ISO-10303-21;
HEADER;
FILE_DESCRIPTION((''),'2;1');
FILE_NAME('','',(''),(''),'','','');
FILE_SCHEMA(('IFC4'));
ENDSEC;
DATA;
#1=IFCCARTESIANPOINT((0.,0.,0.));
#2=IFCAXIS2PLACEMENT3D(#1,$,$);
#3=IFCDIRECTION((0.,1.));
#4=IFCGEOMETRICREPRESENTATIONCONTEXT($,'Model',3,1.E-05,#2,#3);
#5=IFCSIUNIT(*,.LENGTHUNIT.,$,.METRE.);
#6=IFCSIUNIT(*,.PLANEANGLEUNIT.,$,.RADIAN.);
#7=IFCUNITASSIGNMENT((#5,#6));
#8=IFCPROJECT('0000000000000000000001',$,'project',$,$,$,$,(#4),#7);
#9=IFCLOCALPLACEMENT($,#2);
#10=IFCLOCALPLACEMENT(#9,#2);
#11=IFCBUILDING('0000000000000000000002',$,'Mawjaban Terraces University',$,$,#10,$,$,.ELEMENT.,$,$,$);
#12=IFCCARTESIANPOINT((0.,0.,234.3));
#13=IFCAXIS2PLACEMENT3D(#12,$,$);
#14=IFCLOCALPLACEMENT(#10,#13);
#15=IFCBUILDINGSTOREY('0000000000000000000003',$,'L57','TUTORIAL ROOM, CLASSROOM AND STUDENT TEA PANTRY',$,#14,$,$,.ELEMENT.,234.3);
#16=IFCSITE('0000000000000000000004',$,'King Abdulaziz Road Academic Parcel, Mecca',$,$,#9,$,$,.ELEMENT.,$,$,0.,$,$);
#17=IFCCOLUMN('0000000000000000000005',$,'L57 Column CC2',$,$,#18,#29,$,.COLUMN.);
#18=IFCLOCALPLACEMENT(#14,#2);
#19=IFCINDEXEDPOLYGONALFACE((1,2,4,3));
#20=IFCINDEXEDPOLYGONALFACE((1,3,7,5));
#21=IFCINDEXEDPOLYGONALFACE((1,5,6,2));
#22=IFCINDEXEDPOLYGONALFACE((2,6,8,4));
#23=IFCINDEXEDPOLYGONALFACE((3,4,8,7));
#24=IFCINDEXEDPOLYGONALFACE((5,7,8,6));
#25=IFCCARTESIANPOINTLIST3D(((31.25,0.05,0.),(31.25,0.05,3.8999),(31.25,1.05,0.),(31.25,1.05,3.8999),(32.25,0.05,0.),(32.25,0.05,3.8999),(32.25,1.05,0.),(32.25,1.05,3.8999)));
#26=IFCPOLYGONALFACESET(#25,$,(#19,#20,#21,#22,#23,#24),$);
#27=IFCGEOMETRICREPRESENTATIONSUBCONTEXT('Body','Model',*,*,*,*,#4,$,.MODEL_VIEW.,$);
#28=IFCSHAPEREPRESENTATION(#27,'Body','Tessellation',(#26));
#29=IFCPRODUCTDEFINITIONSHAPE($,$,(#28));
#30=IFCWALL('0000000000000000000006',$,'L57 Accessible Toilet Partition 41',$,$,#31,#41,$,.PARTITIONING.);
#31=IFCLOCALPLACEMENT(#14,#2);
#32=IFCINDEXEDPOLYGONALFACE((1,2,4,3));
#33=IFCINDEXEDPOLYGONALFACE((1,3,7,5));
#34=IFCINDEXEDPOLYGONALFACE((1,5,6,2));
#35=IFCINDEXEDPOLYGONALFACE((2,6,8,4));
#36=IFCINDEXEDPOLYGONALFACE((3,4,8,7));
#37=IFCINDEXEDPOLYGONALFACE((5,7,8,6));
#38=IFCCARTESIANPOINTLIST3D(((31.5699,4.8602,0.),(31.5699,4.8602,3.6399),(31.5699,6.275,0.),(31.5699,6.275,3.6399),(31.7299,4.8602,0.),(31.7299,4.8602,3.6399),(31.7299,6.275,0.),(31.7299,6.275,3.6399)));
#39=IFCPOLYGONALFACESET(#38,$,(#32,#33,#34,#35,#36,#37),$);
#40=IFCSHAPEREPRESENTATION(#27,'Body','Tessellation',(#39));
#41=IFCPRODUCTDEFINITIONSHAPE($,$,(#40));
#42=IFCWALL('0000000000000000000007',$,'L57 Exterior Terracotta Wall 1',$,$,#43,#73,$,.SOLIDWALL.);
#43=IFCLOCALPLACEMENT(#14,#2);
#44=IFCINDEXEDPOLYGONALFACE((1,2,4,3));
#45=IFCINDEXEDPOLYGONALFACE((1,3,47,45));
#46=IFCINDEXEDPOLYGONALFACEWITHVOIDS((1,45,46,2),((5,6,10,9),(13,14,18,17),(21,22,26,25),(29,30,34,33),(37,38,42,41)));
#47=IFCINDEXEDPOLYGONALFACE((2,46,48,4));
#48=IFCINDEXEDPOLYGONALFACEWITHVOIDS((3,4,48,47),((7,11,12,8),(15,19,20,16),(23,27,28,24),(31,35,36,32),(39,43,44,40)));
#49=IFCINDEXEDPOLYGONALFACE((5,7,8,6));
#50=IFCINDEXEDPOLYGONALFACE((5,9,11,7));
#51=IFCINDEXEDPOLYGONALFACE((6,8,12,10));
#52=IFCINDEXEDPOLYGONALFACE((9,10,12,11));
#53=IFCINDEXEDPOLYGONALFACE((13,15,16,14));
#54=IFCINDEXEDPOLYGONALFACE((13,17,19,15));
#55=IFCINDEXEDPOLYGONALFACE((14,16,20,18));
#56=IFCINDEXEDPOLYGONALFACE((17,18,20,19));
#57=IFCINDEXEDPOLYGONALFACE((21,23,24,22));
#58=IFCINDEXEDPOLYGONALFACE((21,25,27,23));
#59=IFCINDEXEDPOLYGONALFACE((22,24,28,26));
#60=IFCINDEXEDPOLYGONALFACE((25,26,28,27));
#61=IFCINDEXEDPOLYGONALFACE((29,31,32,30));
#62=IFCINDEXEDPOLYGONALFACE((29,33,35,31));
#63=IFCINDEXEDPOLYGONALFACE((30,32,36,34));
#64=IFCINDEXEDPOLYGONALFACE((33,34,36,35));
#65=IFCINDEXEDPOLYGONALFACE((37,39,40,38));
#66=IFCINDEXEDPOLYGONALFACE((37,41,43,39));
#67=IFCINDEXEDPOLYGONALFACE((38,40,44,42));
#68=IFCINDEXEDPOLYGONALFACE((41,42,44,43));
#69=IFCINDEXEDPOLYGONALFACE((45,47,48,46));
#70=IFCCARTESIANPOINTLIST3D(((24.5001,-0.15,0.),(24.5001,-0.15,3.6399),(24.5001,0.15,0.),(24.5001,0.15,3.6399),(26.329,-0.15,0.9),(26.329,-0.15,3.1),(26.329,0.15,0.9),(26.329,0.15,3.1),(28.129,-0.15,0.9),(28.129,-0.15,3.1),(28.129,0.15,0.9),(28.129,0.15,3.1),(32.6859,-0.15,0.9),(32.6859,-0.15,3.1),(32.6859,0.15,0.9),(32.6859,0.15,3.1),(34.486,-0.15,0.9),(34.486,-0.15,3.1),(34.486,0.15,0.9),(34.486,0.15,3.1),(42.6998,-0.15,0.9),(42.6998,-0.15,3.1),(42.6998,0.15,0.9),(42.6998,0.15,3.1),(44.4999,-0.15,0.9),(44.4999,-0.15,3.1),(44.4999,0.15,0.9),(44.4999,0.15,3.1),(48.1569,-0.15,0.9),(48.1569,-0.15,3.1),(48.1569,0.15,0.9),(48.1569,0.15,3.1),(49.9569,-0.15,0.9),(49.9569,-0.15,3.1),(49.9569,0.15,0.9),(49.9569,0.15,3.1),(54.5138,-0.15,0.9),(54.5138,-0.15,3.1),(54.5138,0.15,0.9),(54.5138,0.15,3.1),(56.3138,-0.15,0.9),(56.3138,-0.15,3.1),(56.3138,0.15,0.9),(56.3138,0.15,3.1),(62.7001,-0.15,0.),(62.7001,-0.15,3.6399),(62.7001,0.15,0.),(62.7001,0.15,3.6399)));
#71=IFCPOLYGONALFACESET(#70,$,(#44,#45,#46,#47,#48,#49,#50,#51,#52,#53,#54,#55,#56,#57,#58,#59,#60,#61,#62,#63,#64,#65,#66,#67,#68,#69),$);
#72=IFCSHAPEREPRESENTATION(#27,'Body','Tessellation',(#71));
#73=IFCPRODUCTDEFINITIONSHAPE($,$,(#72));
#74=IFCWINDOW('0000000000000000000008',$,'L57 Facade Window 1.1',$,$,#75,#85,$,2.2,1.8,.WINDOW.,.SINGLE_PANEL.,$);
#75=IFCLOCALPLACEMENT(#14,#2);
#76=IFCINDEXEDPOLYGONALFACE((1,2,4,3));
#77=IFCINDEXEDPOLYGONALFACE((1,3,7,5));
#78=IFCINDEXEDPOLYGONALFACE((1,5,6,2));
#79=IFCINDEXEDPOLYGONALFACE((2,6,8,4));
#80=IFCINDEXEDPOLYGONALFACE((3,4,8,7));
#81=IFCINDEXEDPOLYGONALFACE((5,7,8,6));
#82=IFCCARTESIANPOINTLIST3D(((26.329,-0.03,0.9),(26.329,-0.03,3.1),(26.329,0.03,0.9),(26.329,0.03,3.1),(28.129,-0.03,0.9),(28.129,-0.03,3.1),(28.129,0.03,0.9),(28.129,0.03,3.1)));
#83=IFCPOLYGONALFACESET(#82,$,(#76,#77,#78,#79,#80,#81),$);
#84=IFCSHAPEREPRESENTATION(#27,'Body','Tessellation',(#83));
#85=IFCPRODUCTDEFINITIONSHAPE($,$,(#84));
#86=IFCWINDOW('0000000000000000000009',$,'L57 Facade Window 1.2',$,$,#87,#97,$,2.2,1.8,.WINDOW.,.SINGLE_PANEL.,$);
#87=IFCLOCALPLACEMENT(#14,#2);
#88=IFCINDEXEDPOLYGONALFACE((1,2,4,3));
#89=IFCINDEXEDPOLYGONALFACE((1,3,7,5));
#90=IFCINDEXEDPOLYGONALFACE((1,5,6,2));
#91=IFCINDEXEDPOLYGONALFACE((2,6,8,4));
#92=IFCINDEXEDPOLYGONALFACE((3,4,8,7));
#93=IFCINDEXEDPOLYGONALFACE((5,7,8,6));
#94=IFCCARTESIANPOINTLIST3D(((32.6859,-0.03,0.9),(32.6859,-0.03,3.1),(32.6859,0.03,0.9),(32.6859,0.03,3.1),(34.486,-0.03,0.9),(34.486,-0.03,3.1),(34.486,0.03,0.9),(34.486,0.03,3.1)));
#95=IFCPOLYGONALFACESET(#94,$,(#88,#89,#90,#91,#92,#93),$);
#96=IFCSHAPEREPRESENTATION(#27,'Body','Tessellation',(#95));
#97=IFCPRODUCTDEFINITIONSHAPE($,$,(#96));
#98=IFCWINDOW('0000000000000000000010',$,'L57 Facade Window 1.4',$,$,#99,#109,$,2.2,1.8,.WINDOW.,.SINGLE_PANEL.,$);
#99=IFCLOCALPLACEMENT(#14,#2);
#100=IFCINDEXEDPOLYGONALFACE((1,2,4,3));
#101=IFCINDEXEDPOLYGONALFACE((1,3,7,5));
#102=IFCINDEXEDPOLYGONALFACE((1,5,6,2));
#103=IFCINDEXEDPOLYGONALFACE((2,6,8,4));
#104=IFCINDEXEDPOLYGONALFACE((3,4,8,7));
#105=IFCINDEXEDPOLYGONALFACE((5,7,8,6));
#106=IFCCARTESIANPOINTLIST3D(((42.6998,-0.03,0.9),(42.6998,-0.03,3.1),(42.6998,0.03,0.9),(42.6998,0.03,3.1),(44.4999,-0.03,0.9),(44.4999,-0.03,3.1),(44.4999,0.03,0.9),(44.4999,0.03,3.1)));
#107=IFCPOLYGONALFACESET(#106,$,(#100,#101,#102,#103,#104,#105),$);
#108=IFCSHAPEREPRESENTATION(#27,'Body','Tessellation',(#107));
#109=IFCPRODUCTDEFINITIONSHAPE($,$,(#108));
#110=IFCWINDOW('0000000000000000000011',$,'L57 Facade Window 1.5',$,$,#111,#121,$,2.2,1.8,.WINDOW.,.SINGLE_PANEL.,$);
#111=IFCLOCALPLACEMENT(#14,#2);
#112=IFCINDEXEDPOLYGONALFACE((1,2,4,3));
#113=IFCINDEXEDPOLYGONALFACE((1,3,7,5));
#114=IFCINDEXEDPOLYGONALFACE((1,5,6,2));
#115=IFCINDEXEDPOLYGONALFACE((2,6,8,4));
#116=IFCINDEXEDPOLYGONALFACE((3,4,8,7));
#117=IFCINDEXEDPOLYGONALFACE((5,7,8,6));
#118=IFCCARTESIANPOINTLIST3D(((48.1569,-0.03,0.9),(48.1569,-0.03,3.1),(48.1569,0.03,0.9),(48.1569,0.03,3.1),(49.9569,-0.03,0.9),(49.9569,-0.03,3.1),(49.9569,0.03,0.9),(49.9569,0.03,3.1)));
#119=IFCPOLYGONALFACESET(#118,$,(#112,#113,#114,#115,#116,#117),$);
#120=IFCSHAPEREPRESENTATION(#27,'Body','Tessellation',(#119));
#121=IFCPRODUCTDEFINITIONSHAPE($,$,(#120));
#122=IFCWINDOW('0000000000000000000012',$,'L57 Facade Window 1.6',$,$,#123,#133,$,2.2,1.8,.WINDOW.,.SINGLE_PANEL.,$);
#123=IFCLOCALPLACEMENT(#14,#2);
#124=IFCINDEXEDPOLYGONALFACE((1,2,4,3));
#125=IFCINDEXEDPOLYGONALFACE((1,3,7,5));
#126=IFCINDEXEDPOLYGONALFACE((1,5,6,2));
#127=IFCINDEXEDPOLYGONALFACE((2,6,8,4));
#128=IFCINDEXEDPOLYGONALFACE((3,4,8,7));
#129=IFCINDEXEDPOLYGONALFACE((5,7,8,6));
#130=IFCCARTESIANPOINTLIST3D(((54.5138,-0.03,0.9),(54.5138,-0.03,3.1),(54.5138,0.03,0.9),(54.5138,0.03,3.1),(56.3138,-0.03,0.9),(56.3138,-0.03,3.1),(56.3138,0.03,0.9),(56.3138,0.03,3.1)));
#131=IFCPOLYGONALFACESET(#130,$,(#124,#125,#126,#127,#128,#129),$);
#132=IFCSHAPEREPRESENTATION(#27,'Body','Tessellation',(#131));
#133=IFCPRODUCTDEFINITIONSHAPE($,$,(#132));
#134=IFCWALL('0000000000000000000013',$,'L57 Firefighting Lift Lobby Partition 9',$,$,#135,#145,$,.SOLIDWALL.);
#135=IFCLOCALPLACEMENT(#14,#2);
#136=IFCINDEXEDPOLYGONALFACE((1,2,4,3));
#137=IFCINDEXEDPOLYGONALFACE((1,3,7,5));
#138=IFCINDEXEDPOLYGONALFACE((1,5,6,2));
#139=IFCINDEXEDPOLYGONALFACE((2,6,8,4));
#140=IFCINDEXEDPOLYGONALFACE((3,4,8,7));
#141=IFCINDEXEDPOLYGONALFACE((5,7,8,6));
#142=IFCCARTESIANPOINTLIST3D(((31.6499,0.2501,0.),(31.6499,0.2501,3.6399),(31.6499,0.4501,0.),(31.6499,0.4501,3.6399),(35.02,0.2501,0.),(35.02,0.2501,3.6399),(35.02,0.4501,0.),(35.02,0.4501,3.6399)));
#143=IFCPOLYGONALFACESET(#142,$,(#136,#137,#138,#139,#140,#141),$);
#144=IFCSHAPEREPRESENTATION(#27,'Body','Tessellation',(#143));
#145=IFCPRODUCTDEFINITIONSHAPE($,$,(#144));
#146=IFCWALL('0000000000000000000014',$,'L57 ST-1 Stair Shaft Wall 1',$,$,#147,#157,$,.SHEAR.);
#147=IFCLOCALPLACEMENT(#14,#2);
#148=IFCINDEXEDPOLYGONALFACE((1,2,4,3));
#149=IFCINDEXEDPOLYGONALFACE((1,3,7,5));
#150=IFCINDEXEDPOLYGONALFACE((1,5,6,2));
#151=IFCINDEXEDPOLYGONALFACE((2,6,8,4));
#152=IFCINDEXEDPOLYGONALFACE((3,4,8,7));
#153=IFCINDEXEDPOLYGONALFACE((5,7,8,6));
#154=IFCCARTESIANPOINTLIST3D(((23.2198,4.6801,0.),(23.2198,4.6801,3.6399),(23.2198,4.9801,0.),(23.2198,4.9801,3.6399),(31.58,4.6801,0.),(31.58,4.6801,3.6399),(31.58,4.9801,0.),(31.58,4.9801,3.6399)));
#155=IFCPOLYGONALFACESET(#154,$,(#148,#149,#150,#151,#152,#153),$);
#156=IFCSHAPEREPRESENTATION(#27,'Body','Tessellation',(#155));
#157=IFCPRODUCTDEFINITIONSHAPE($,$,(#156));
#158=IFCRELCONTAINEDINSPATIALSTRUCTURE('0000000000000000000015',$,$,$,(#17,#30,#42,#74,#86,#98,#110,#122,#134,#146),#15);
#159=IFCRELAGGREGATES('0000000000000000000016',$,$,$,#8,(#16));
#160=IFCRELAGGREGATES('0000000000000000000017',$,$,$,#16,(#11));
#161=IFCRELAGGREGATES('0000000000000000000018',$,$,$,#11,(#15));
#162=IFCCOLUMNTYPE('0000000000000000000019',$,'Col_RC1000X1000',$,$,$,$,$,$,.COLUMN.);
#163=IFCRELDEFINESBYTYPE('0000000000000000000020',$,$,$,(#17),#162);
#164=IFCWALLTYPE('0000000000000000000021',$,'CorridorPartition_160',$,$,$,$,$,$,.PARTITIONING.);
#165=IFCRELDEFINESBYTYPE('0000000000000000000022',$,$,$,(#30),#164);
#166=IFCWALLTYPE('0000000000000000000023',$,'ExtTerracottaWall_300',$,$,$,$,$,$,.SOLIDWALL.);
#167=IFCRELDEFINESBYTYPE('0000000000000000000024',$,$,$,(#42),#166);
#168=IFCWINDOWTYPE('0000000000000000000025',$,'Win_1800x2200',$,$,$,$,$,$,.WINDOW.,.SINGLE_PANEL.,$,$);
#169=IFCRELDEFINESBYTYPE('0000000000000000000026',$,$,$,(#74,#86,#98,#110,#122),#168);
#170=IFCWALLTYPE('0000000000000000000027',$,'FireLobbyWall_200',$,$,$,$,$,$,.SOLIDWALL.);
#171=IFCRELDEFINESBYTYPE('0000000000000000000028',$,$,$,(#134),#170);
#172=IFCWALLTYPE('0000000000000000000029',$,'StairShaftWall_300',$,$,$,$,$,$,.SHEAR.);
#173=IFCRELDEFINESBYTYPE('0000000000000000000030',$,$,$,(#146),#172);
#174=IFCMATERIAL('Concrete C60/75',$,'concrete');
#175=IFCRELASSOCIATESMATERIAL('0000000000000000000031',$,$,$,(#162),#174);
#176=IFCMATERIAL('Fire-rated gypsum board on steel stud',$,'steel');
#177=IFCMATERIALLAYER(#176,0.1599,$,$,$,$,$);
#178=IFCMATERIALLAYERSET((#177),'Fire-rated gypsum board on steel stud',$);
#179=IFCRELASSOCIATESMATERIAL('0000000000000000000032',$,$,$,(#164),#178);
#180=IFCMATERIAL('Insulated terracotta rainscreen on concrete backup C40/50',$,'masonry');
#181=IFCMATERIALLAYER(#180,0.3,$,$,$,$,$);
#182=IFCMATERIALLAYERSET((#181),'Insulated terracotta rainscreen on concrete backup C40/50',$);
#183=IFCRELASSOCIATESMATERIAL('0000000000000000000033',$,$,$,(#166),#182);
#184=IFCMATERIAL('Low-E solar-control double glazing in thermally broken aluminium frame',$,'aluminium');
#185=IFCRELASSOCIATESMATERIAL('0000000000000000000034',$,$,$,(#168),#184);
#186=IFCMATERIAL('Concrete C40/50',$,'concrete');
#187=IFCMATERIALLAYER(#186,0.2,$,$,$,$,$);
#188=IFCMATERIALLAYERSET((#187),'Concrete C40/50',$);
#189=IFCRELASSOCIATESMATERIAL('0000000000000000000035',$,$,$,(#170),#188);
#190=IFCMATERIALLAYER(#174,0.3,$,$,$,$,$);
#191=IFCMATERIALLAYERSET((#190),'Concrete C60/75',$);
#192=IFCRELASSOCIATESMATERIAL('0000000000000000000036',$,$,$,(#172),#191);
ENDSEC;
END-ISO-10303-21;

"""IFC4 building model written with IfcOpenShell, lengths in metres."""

from ifc_helpers import new_model, si_unit, direction, frame, frame_2d, origin, origin_2d, place, context, subcontext, project, spatial, rectangle, extrude, material, layer, layer_set, material_profile, profile_set, type_object, element, fill, save


model = new_model("IFC4")

# Units and contexts
model_context = context("Model", 3, precision=1e-05, world=origin(), true_north=direction((0.0, 1.0)))
body_context = subcontext(model_context, "Body", "Model", "MODEL_VIEW")
ifc_project = project(units=[si_unit("LENGTHUNIT", "METRE"), si_unit("PLANEANGLEUNIT", "RADIAN")], contexts=[model_context])

# Site, building, storey
site_placement = place(None, origin())
site = spatial("IfcSite", under=ifc_project, at=site_placement, Name="King Abdulaziz Road Academic Parcel, Mecca", CompositionType="ELEMENT", RefElevation=0.0)
building_placement = place(site_placement, origin())
building = spatial("IfcBuilding", under=site, at=building_placement, Name="Mawjaban Terraces University", CompositionType="ELEMENT")
storey_placement = place(building_placement, frame((0.0, 0.0, 234.3)))
storey = spatial("IfcBuildingStorey", under=building, at=storey_placement, Name="L57", Description="TUTORIAL ROOM, CLASSROOM AND STUDENT TEA PANTRY", CompositionType="ELEMENT", Elevation=234.3)

# Column
ifc_material_1 = material(Name="Concrete C60/75", Category="concrete")
ifc_material_profile = material_profile(ifc_material_1, rectangle(XDim=1.0, YDim=1.0, at=origin_2d()), Name="RC1000X1000")
ifc_profile_set = profile_set([ifc_material_profile], Name="Concrete C60/75")
column_type = type_object("IfcColumnType", Name="Col_RC1000X1000", PredefinedType="COLUMN", material=ifc_profile_set)
column_placement = place(storey_placement, frame((31.75, 0.55, 0.0), z_axis=(0.0, 0.0, 1.0), x_axis=(1.0, 0.0, 0.0)))
element("IfcColumn", 1, at=column_placement, inside=storey, type_object=column_type, Name="L57 Column CC2", PredefinedType="COLUMN", context=body_context, shape_type="SweptSolid", body=[
    extrude(rectangle(XDim=1.0, YDim=1.0, at=origin_2d()), origin(), (0.0, 0.0, 1.0), 3.8999),
])

# Wall
ifc_material_2 = material(Name="Fire-rated gypsum board on steel stud", Category="steel")
ifc_layer_1 = layer(ifc_material_2, 0.1599)
ifc_layer_set_1 = layer_set([ifc_layer_1], Name="Fire-rated gypsum board on steel stud")
wall_type_1 = type_object("IfcWallType", Name="CorridorPartition_160", PredefinedType="PARTITIONING", material=ifc_layer_set_1)
wall_1_placement = place(storey_placement, frame((31.6499, 4.8601, 0.0), z_axis=(0.0, 0.0, 1.0), x_axis=(0.0, 1.0, 0.0)))
element("IfcWall", 2, at=wall_1_placement, inside=storey, type_object=wall_type_1, Name="L57 Accessible Toilet Partition 41", PredefinedType="PARTITIONING", context=body_context, shape_type="SweptSolid", body=[
    extrude(rectangle(XDim=1.4148, YDim=0.1599, at=frame_2d((0.7075, 0.0))), origin(), (0.0, 0.0, 1.0), 3.6399),
])

# Wall, openings, windows
ifc_material_3 = material(Name="Insulated terracotta rainscreen on concrete backup C40/50", Category="masonry")
ifc_layer_2 = layer(ifc_material_3, 0.3)
ifc_layer_set_2 = layer_set([ifc_layer_2], Name="Insulated terracotta rainscreen on concrete backup C40/50")
wall_type_2 = type_object("IfcWallType", Name="ExtTerracottaWall_300", PredefinedType="SOLIDWALL", material=ifc_layer_set_2)
wall_2_placement = place(storey_placement, frame((24.5, 0.0, 0.0), z_axis=(0.0, 0.0, 1.0), x_axis=(1.0, 0.0, 0.0)))
wall_2 = element("IfcWall", 3, at=wall_2_placement, inside=storey, type_object=wall_type_2, Name="L57 Exterior Terracotta Wall 1", PredefinedType="SOLIDWALL", context=body_context, shape_type="SweptSolid", body=[
    extrude(rectangle(XDim=38.2, YDim=0.3, at=frame_2d((19.1001, 0.0))), origin(), (0.0, 0.0, 1.0), 3.6399),
])
opening_1_placement = place(wall_2_placement, frame((1.8291, 0.0, 0.8999)))
opening_1 = element("IfcOpeningElement", 4, at=opening_1_placement, cuts=wall_2, PredefinedType="OPENING", context=body_context, shape_type="SweptSolid", body=[
    extrude(rectangle(XDim=1.8, YDim=2.2, at=frame_2d((0.8999, 1.1001))), frame((0.0, 0.1599, 0.0), z_axis=(0.0, -1.0, 0.0), x_axis=(1.0, 0.0, 0.0)), (0.0, 0.0, 1.0), 0.3201),
])
opening_2_placement = place(wall_2_placement, frame((8.186, 0.0, 0.8999)))
opening_2 = element("IfcOpeningElement", 5, at=opening_2_placement, cuts=wall_2, PredefinedType="OPENING", context=body_context, shape_type="SweptSolid", body=[
    extrude(rectangle(XDim=1.8, YDim=2.2, at=frame_2d((0.8999, 1.1001))), frame((0.0, 0.1599, 0.0), z_axis=(0.0, -1.0, 0.0), x_axis=(1.0, 0.0, 0.0)), (0.0, 0.0, 1.0), 0.3201),
])
opening_3_placement = place(wall_2_placement, frame((18.2, 0.0, 0.8999)))
opening_3 = element("IfcOpeningElement", 6, at=opening_3_placement, cuts=wall_2, PredefinedType="OPENING", context=body_context, shape_type="SweptSolid", body=[
    extrude(rectangle(XDim=1.8, YDim=2.2, at=frame_2d((0.8999, 1.1001))), frame((0.0, 0.1599, 0.0), z_axis=(0.0, -1.0, 0.0), x_axis=(1.0, 0.0, 0.0)), (0.0, 0.0, 1.0), 0.3201),
])
opening_4_placement = place(wall_2_placement, frame((23.657, 0.0, 0.8999)))
opening_4 = element("IfcOpeningElement", 7, at=opening_4_placement, cuts=wall_2, PredefinedType="OPENING", context=body_context, shape_type="SweptSolid", body=[
    extrude(rectangle(XDim=1.8, YDim=2.2, at=frame_2d((0.8999, 1.1001))), frame((0.0, 0.1599, 0.0), z_axis=(0.0, -1.0, 0.0), x_axis=(1.0, 0.0, 0.0)), (0.0, 0.0, 1.0), 0.3201),
])
opening_5_placement = place(wall_2_placement, frame((30.0139, 0.0, 0.8999)))
opening_5 = element("IfcOpeningElement", 8, at=opening_5_placement, cuts=wall_2, PredefinedType="OPENING", context=body_context, shape_type="SweptSolid", body=[
    extrude(rectangle(XDim=1.8, YDim=2.2, at=frame_2d((0.8999, 1.1001))), frame((0.0, 0.1599, 0.0), z_axis=(0.0, -1.0, 0.0), x_axis=(1.0, 0.0, 0.0)), (0.0, 0.0, 1.0), 0.3201),
])
ifc_material_4 = material(Name="Low-E solar-control double glazing in thermally broken aluminium frame", Category="aluminium")
window_type = type_object("IfcWindowType", Name="Win_1800x2200", PartitioningType="SINGLE_PANEL", PredefinedType="WINDOW", material=ifc_material_4)
window_1_placement = place(opening_1_placement, origin())
window_1 = element("IfcWindow", 9, at=window_1_placement, inside=storey, type_object=window_type, Name="L57 Facade Window 1.1", OverallHeight=2.2, OverallWidth=1.8, PartitioningType="SINGLE_PANEL", PredefinedType="WINDOW", context=body_context, shape_type="SweptSolid", body=[
    extrude(rectangle(XDim=1.8, YDim=2.2, at=frame_2d((0.8999, 1.1001))), frame((0.0, 0.03, 0.0), z_axis=(0.0, -1.0, 0.0), x_axis=(1.0, 0.0, 0.0)), (0.0, 0.0, 1.0), 0.0601),
])
fill(opening_1, window_1)
window_2_placement = place(opening_2_placement, origin())
window_2 = element("IfcWindow", 10, at=window_2_placement, inside=storey, type_object=window_type, Name="L57 Facade Window 1.2", OverallHeight=2.2, OverallWidth=1.8, PartitioningType="SINGLE_PANEL", PredefinedType="WINDOW", context=body_context, shape_type="SweptSolid", body=[
    extrude(rectangle(XDim=1.8, YDim=2.2, at=frame_2d((0.8999, 1.1001))), frame((0.0, 0.03, 0.0), z_axis=(0.0, -1.0, 0.0), x_axis=(1.0, 0.0, 0.0)), (0.0, 0.0, 1.0), 0.0601),
])
fill(opening_2, window_2)
window_3_placement = place(opening_3_placement, origin())
window_3 = element("IfcWindow", 11, at=window_3_placement, inside=storey, type_object=window_type, Name="L57 Facade Window 1.4", OverallHeight=2.2, OverallWidth=1.8, PartitioningType="SINGLE_PANEL", PredefinedType="WINDOW", context=body_context, shape_type="SweptSolid", body=[
    extrude(rectangle(XDim=1.8, YDim=2.2, at=frame_2d((0.8999, 1.1001))), frame((0.0, 0.03, 0.0), z_axis=(0.0, -1.0, 0.0), x_axis=(1.0, 0.0, 0.0)), (0.0, 0.0, 1.0), 0.0601),
])
fill(opening_3, window_3)
window_4_placement = place(opening_4_placement, origin())
window_4 = element("IfcWindow", 12, at=window_4_placement, inside=storey, type_object=window_type, Name="L57 Facade Window 1.5", OverallHeight=2.2, OverallWidth=1.8, PartitioningType="SINGLE_PANEL", PredefinedType="WINDOW", context=body_context, shape_type="SweptSolid", body=[
    extrude(rectangle(XDim=1.8, YDim=2.2, at=frame_2d((0.8999, 1.1001))), frame((0.0, 0.03, 0.0), z_axis=(0.0, -1.0, 0.0), x_axis=(1.0, 0.0, 0.0)), (0.0, 0.0, 1.0), 0.0601),
])
fill(opening_4, window_4)
window_5_placement = place(opening_5_placement, origin())
window_5 = element("IfcWindow", 13, at=window_5_placement, inside=storey, type_object=window_type, Name="L57 Facade Window 1.6", OverallHeight=2.2, OverallWidth=1.8, PartitioningType="SINGLE_PANEL", PredefinedType="WINDOW", context=body_context, shape_type="SweptSolid", body=[
    extrude(rectangle(XDim=1.8, YDim=2.2, at=frame_2d((0.8999, 1.1001))), frame((0.0, 0.03, 0.0), z_axis=(0.0, -1.0, 0.0), x_axis=(1.0, 0.0, 0.0)), (0.0, 0.0, 1.0), 0.0601),
])
fill(opening_5, window_5)

# Walls
ifc_material_5 = material(Name="Concrete C40/50", Category="concrete")
ifc_layer_3 = layer(ifc_material_5, 0.2)
ifc_layer_set_3 = layer_set([ifc_layer_3], Name="Concrete C40/50")
wall_type_3 = type_object("IfcWallType", Name="FireLobbyWall_200", PredefinedType="SOLIDWALL", material=ifc_layer_set_3)
wall_3_placement = place(storey_placement, frame((31.6499, 0.3501, 0.0), z_axis=(0.0, 0.0, 1.0), x_axis=(1.0, 0.0, 0.0)))
element("IfcWall", 14, at=wall_3_placement, inside=storey, type_object=wall_type_3, Name="L57 Firefighting Lift Lobby Partition 9", PredefinedType="SOLIDWALL", context=body_context, shape_type="SweptSolid", body=[
    extrude(rectangle(XDim=3.3701, YDim=0.2, at=frame_2d((1.6851, 0.0))), origin(), (0.0, 0.0, 1.0), 3.6399),
])
ifc_layer_4 = layer(ifc_material_1, 0.3)
ifc_layer_set_4 = layer_set([ifc_layer_4], Name="Concrete C60/75")
wall_type_4 = type_object("IfcWallType", Name="StairShaftWall_300", PredefinedType="SHEAR", material=ifc_layer_set_4)
wall_4_placement = place(storey_placement, frame((31.5801, 4.8301, 0.0), z_axis=(0.0, 0.0, 1.0), x_axis=(-1.0, 0.0, 0.0)))
element("IfcWall", 15, at=wall_4_placement, inside=storey, type_object=wall_type_4, Name="L57 ST-1 Stair Shaft Wall 1", PredefinedType="SHEAR", context=body_context, shape_type="SweptSolid", body=[
    extrude(rectangle(XDim=8.3601, YDim=0.3, at=frame_2d((4.1802, 0.0))), origin(), (0.0, 0.0, 1.0), 3.6399),
])

save(model, "model.ifc")
